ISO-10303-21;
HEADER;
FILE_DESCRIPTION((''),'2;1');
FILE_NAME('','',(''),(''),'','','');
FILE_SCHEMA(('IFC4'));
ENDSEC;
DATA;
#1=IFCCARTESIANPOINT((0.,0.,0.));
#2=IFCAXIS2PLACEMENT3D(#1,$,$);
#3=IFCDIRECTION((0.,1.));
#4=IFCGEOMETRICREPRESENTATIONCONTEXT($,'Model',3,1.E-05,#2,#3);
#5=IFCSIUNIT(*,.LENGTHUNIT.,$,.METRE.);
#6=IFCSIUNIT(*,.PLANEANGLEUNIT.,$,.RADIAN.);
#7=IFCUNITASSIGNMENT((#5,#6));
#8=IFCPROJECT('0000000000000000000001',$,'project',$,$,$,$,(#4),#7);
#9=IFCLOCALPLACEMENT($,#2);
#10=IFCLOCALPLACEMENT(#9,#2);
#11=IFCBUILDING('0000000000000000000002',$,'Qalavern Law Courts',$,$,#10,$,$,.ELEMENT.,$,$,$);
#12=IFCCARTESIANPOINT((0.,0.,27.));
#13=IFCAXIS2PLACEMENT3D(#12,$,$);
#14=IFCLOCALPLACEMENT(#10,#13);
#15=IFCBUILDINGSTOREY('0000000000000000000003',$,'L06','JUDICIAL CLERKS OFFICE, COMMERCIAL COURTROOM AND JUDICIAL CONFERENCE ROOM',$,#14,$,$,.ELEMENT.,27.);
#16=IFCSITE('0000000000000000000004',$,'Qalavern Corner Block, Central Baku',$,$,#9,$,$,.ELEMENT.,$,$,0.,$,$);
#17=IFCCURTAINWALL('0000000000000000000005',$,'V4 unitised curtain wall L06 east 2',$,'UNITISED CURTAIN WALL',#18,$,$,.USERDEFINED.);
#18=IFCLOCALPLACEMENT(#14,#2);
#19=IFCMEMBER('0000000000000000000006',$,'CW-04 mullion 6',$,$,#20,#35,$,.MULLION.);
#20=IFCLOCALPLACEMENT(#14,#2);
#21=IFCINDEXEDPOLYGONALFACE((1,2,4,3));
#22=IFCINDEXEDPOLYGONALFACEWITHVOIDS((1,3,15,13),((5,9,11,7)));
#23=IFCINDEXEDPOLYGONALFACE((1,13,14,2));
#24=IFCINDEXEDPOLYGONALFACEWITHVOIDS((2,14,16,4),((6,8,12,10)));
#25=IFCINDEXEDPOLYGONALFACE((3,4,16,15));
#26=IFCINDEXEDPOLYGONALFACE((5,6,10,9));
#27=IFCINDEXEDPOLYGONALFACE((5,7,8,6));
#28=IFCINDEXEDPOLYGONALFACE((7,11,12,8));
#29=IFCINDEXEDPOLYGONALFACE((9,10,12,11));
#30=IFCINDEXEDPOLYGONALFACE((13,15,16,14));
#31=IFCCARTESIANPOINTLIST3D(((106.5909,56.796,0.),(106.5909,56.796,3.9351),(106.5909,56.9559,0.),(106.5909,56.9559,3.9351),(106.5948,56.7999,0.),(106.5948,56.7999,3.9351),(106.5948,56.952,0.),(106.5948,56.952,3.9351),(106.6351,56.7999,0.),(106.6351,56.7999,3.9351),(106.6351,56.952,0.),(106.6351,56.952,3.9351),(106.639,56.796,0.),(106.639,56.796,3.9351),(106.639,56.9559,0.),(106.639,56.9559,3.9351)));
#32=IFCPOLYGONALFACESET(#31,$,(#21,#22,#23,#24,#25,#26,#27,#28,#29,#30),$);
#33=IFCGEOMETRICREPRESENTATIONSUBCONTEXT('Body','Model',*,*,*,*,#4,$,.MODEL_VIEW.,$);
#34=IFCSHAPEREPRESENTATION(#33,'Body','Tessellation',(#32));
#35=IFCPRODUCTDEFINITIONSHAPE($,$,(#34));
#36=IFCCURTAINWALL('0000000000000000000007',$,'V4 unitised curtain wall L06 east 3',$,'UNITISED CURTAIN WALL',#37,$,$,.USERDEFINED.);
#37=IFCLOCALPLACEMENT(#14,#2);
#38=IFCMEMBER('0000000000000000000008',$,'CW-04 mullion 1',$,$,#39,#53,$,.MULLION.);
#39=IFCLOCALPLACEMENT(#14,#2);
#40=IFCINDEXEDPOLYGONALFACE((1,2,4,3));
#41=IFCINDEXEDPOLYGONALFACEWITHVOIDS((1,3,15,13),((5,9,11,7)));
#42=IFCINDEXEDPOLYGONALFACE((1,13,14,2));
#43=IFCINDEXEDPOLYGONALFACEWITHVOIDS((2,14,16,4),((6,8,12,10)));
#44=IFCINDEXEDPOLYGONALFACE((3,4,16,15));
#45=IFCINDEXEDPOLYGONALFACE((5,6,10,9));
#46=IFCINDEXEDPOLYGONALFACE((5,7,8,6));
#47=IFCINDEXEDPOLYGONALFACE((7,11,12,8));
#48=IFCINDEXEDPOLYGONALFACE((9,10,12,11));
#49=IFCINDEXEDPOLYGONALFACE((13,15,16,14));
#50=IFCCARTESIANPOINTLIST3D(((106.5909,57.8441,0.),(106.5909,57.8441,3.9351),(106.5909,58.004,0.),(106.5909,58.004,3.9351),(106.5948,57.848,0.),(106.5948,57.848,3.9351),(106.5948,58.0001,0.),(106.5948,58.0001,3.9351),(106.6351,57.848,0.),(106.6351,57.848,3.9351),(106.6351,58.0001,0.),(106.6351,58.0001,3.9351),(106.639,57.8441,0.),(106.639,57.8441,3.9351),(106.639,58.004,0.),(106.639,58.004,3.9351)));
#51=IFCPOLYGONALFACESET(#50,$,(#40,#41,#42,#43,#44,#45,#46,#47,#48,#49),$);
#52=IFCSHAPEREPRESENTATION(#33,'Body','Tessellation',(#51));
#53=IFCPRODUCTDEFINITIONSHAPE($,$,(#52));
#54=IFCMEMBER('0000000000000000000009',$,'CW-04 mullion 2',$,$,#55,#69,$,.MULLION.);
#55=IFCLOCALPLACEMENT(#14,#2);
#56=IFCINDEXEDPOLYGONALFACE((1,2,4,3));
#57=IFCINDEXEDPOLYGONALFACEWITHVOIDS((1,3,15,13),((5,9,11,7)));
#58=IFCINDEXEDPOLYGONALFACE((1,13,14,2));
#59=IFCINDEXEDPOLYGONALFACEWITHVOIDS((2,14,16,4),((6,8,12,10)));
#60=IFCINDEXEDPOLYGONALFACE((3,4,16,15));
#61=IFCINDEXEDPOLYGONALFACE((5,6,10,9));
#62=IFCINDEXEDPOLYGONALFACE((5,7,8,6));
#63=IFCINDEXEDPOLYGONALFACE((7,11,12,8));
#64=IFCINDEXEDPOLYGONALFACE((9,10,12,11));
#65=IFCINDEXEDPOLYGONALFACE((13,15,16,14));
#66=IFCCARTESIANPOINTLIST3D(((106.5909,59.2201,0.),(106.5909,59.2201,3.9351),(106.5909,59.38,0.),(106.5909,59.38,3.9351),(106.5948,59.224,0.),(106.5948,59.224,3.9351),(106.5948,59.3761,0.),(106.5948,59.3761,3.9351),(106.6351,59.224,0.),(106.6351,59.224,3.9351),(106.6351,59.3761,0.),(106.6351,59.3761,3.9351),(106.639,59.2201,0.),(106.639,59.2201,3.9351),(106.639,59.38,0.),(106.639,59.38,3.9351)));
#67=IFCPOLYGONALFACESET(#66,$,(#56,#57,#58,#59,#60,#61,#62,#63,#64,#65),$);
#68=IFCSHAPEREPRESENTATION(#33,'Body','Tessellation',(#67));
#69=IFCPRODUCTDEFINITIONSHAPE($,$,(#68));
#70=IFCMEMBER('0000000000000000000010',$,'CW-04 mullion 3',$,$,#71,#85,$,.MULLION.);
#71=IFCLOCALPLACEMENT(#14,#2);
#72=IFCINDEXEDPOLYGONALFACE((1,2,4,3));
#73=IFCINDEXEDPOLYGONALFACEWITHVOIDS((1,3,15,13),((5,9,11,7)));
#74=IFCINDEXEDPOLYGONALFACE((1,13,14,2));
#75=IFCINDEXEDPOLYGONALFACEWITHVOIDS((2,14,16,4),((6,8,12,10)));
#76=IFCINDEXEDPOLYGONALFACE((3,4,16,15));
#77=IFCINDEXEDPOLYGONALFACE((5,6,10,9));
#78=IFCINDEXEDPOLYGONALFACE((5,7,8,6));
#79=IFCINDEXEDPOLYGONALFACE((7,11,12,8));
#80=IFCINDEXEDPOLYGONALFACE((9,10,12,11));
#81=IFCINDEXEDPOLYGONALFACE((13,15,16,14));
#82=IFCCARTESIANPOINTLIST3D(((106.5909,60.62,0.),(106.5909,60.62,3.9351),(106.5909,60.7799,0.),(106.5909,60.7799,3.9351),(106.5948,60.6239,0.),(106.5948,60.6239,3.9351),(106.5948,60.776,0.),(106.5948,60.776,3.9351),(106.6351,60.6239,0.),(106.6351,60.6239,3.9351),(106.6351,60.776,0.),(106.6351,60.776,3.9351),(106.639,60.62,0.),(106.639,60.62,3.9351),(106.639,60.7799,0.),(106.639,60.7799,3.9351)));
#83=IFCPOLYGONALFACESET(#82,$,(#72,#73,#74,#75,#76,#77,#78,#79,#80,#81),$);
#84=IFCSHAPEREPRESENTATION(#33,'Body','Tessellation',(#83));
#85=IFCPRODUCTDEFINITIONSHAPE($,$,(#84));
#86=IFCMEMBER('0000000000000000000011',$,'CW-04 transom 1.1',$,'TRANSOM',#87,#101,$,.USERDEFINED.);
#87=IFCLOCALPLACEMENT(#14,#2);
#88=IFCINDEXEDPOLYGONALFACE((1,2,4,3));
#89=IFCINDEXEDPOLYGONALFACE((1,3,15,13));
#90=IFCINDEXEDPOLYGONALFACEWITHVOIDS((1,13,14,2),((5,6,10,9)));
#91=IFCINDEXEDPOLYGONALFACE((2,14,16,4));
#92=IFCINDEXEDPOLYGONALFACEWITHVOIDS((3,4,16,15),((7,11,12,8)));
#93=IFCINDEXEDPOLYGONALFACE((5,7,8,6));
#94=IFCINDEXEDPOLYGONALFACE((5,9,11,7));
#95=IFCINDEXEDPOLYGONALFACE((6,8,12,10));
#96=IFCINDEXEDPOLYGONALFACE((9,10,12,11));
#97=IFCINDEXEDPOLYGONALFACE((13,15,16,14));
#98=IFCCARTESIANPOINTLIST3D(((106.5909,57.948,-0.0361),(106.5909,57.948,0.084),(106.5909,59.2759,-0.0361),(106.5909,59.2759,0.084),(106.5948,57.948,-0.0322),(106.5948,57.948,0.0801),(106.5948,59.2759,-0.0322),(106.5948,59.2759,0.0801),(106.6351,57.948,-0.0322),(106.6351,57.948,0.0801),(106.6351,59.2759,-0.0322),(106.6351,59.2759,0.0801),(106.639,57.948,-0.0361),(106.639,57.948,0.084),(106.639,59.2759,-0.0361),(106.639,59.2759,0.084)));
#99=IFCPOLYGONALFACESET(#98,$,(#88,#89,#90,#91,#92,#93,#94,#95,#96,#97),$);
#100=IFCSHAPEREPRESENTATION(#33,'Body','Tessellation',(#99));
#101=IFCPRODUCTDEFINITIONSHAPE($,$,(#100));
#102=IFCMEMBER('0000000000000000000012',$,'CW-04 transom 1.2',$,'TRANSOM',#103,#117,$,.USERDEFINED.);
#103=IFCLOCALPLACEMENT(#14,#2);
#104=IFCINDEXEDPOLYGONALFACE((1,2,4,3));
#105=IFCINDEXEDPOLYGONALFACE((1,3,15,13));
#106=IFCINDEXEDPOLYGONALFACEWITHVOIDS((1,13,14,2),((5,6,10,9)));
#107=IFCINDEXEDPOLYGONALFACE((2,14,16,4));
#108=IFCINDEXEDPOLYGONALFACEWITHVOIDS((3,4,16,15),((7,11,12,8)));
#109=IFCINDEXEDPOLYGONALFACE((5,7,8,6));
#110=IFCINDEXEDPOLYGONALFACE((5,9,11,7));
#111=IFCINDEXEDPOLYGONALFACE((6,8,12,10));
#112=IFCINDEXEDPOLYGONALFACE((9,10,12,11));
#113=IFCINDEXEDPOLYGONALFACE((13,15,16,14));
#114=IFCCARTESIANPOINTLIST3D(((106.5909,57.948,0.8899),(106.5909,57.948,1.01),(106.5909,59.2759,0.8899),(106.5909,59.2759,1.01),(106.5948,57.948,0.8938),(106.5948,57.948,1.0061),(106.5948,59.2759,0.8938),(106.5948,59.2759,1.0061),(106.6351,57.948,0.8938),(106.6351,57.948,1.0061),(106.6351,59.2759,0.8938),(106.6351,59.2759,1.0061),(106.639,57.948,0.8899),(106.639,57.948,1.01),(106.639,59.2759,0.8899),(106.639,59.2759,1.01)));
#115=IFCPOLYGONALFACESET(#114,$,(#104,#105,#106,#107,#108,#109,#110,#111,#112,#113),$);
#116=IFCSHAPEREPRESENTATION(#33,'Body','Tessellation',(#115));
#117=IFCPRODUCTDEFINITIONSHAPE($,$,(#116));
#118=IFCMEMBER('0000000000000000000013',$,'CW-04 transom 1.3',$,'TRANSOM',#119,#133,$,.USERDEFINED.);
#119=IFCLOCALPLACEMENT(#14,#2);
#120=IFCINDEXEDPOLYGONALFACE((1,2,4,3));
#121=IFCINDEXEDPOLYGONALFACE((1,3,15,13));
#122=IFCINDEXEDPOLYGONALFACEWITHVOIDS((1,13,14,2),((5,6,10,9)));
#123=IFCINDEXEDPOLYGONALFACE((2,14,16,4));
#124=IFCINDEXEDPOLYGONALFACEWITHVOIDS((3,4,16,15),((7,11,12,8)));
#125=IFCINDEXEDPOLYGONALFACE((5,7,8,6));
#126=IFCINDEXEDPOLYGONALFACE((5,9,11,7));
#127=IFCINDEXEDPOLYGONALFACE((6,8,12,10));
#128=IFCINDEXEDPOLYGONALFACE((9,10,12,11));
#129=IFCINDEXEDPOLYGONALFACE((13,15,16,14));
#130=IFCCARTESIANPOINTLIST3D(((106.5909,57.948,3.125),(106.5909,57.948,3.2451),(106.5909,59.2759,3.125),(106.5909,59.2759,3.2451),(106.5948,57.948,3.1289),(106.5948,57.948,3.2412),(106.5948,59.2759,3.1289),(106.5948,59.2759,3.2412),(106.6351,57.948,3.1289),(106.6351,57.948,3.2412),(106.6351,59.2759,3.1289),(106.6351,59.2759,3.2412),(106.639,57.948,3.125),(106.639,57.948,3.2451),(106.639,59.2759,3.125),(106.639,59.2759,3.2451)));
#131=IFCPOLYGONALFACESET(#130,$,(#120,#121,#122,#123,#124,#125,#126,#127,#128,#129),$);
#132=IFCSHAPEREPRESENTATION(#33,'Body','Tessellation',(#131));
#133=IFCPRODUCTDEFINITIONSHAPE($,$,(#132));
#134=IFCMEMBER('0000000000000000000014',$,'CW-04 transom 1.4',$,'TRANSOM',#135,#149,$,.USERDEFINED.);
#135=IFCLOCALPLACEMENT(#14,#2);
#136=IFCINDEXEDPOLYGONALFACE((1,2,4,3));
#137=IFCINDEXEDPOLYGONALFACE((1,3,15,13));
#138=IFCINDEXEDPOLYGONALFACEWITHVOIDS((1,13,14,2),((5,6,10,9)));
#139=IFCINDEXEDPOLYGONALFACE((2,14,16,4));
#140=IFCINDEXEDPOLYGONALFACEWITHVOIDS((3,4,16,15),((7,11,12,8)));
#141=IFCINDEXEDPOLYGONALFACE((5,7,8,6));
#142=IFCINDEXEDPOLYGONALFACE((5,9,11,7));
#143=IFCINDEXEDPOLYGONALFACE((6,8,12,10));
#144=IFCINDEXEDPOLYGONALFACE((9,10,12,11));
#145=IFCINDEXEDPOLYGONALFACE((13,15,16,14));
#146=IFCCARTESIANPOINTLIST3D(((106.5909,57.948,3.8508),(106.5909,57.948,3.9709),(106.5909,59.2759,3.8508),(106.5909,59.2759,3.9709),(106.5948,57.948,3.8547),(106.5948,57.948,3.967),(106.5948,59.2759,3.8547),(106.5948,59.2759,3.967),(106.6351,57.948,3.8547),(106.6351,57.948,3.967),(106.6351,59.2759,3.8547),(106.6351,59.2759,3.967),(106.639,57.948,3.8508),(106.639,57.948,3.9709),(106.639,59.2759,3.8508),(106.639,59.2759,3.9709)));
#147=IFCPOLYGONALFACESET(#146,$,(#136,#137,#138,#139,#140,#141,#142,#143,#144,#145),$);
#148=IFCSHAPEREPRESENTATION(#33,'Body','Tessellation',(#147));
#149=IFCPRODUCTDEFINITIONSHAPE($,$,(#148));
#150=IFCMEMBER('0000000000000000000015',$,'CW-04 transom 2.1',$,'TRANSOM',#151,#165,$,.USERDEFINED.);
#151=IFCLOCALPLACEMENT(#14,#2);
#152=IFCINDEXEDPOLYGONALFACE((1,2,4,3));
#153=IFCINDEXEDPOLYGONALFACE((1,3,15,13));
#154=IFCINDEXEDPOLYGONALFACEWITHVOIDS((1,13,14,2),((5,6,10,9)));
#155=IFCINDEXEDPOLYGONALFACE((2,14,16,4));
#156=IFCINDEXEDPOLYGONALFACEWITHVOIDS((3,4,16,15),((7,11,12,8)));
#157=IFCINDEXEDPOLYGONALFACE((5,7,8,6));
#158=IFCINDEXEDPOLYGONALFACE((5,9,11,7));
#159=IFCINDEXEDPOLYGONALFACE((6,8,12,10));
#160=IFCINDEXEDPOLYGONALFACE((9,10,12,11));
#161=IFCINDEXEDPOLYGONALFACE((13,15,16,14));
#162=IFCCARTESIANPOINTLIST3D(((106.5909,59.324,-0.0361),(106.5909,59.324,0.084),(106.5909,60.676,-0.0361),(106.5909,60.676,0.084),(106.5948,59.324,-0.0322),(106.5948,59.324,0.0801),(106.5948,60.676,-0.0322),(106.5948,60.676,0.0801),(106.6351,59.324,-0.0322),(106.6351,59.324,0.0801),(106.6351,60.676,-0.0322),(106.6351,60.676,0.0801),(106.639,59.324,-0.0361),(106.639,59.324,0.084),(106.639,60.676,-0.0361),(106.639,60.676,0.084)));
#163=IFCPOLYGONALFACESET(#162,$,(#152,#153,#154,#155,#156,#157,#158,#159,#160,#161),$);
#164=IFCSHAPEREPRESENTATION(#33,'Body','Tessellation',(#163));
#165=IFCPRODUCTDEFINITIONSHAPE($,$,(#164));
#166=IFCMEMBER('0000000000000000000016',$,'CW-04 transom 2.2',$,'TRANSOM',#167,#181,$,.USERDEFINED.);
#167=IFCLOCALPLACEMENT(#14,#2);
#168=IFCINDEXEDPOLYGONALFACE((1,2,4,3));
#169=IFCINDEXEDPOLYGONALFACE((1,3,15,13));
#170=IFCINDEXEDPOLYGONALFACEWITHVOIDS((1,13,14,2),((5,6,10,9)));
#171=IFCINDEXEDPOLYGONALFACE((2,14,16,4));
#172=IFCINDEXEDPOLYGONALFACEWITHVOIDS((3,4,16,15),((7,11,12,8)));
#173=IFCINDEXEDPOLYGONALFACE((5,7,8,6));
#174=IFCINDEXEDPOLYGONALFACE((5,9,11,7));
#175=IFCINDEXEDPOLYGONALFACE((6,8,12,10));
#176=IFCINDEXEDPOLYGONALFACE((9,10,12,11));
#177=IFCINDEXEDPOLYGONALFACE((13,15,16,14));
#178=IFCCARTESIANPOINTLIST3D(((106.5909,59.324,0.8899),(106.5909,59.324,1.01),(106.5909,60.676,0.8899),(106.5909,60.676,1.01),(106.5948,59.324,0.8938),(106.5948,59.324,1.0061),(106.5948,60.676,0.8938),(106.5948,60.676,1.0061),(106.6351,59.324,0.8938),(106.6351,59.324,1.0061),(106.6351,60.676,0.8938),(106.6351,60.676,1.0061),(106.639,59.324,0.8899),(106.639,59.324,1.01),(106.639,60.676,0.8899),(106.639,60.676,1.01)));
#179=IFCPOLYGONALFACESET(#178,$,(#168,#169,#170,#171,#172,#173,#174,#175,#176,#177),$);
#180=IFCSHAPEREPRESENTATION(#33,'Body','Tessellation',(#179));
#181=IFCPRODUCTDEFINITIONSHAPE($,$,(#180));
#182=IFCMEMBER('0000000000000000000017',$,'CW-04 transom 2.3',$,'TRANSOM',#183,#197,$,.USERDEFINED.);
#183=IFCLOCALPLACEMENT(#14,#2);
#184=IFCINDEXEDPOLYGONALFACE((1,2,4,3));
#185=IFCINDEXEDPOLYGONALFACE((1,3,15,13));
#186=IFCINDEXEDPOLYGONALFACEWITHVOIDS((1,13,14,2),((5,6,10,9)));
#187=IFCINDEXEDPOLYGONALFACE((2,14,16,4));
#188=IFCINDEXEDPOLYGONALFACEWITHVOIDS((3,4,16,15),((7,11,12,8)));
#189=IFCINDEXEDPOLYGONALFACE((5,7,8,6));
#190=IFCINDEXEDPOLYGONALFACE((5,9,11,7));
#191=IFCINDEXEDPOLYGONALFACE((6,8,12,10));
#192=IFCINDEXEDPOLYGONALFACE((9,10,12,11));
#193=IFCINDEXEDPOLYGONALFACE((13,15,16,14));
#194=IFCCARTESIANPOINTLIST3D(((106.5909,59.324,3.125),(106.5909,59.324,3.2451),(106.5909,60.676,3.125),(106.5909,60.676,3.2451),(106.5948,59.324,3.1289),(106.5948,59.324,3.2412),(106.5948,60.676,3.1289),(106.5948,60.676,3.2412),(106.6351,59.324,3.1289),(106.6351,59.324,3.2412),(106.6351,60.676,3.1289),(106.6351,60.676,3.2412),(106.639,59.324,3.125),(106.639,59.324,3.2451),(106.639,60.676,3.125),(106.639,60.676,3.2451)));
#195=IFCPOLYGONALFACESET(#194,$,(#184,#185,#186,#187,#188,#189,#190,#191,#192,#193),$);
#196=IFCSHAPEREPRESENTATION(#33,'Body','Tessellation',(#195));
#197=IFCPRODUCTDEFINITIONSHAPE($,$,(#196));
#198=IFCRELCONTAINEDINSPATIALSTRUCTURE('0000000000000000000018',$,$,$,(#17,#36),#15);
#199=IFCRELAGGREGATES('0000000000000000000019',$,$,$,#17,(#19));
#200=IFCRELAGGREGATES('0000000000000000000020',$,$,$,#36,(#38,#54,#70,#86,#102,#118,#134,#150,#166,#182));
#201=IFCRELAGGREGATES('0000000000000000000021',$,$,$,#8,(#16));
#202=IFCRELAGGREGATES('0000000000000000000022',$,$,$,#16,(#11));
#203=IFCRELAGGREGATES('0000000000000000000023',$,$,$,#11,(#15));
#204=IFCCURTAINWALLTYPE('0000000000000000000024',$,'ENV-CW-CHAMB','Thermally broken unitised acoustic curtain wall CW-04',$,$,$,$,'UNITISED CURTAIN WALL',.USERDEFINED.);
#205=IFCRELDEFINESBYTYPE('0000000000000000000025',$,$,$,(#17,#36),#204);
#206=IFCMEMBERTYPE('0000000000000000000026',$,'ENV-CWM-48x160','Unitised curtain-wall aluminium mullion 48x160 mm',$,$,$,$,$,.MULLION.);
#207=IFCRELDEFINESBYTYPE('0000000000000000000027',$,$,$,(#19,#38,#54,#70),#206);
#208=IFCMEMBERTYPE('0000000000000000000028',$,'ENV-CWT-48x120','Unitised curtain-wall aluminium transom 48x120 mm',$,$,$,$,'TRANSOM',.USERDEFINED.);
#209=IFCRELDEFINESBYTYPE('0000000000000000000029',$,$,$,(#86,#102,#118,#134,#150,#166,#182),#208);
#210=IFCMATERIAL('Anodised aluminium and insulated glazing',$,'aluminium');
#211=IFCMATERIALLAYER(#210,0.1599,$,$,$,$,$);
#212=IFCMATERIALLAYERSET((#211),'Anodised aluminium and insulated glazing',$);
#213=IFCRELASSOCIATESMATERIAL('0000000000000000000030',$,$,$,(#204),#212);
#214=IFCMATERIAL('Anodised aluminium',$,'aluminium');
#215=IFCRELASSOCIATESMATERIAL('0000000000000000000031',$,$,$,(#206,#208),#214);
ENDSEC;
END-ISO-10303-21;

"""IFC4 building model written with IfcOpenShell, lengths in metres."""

from ifc_helpers import new_model, si_unit, direction, frame, origin, origin_2d, place, context, subcontext, project, spatial, hollow_rectangle, extrude, material, layer, layer_set, material_profile, profile_set, type_object, element, aggregate, save


model = new_model("IFC4")

# Units and contexts
model_context = context("Model", 3, precision=1e-05, world=origin(), true_north=direction((0.0, 1.0)))
body_context = subcontext(model_context, "Body", "Model", "MODEL_VIEW")
ifc_project = project(units=[si_unit("LENGTHUNIT", "METRE"), si_unit("PLANEANGLEUNIT", "RADIAN")], contexts=[model_context])

# Site, building, storey
site_placement = place(None, origin())
site = spatial("IfcSite", under=ifc_project, at=site_placement, Name="Qalavern Corner Block, Central Baku", CompositionType="ELEMENT", RefElevation=0.0)
building_placement = place(site_placement, origin())
building = spatial("IfcBuilding", under=site, at=building_placement, Name="Qalavern Law Courts", CompositionType="ELEMENT")
storey_placement = place(building_placement, frame((0.0, 0.0, 27.0)))
storey = spatial("IfcBuildingStorey", under=building, at=storey_placement, Name="L06", Description="JUDICIAL CLERKS OFFICE, COMMERCIAL COURTROOM AND JUDICIAL CONFERENCE ROOM", CompositionType="ELEMENT", Elevation=27.0)

# Curtain wall, member
ifc_material_1 = material(Name="Anodised aluminium and insulated glazing", Category="aluminium")
ifc_layer_1 = layer(ifc_material_1, 0.1599)
ifc_layer_set_1 = layer_set([ifc_layer_1], Name="Anodised aluminium and insulated glazing")
curtain_wall_type = type_object("IfcCurtainWallType", Name="ENV-CW-CHAMB", Description="Thermally broken unitised acoustic curtain wall CW-04", ElementType="UNITISED CURTAIN WALL", PredefinedType="USERDEFINED", material=ifc_layer_set_1)
curtain_wall_1_placement = place(storey_placement, origin())
curtain_wall_1 = element("IfcCurtainWall", 1, at=curtain_wall_1_placement, inside=storey, type_object=curtain_wall_type, Name="V4 unitised curtain wall L06 east 2", ObjectType="UNITISED CURTAIN WALL", PredefinedType="USERDEFINED")
ifc_material_2 = material(Name="Anodised aluminium", Category="aluminium")
ifc_material_profile_1 = material_profile(ifc_material_2, hollow_rectangle(XDim=0.0481, YDim=0.1599, WallThickness=0.0039, at=origin_2d()), Name="ALU MULLION 48x160")
ifc_profile_set_1 = profile_set([ifc_material_profile_1], Name="Anodised aluminium")
member_type_1 = type_object("IfcMemberType", Name="ENV-CWM-48x160", Description="Unitised curtain-wall aluminium mullion 48x160 mm", PredefinedType="MULLION", material=ifc_profile_set_1)
member_1_placement = place(storey_placement, frame((106.615, 56.876, 0.0), z_axis=(0.0, 0.0, 1.0), x_axis=(-1.0, 0.0, 0.0)))
member_1 = element("IfcMember", 2, at=member_1_placement, type_object=member_type_1, Name="CW-04 mullion 6", PredefinedType="MULLION", context=body_context, shape_type="SweptSolid", body=[
    extrude(hollow_rectangle(XDim=0.0481, YDim=0.1599, WallThickness=0.0039, at=origin_2d()), origin(), (0.0, 0.0, 1.0), 3.9351),
])

# Curtain wall, members
curtain_wall_2_placement = place(storey_placement, origin())
curtain_wall_2 = element("IfcCurtainWall", 3, at=curtain_wall_2_placement, inside=storey, type_object=curtain_wall_type, Name="V4 unitised curtain wall L06 east 3", ObjectType="UNITISED CURTAIN WALL", PredefinedType="USERDEFINED")
member_2_placement = place(storey_placement, frame((106.615, 57.9241, 0.0), z_axis=(0.0, 0.0, 1.0), x_axis=(-1.0, 0.0, 0.0)))
member_2 = element("IfcMember", 4, at=member_2_placement, type_object=member_type_1, Name="CW-04 mullion 1", PredefinedType="MULLION", context=body_context, shape_type="SweptSolid", body=[
    extrude(hollow_rectangle(XDim=0.0481, YDim=0.1599, WallThickness=0.0039, at=origin_2d()), origin(), (0.0, 0.0, 1.0), 3.9351),
])
member_3_placement = place(storey_placement, frame((106.615, 59.3, 0.0), z_axis=(0.0, 0.0, 1.0), x_axis=(-1.0, 0.0, 0.0)))
member_3 = element("IfcMember", 5, at=member_3_placement, type_object=member_type_1, Name="CW-04 mullion 2", PredefinedType="MULLION", context=body_context, shape_type="SweptSolid", body=[
    extrude(hollow_rectangle(XDim=0.0481, YDim=0.1599, WallThickness=0.0039, at=origin_2d()), origin(), (0.0, 0.0, 1.0), 3.9351),
])
member_4_placement = place(storey_placement, frame((106.615, 60.7, 0.0), z_axis=(0.0, 0.0, 1.0), x_axis=(-1.0, 0.0, 0.0)))
member_4 = element("IfcMember", 6, at=member_4_placement, type_object=member_type_1, Name="CW-04 mullion 3", PredefinedType="MULLION", context=body_context, shape_type="SweptSolid", body=[
    extrude(hollow_rectangle(XDim=0.0481, YDim=0.1599, WallThickness=0.0039, at=origin_2d()), origin(), (0.0, 0.0, 1.0), 3.9351),
])
ifc_material_profile_2 = material_profile(ifc_material_2, hollow_rectangle(XDim=0.0481, YDim=0.1201, WallThickness=0.0039, at=origin_2d()), Name="ALU TRANSOM 48x120")
ifc_profile_set_2 = profile_set([ifc_material_profile_2], Name="Anodised aluminium")
member_type_2 = type_object("IfcMemberType", Name="ENV-CWT-48x120", Description="Unitised curtain-wall aluminium transom 48x120 mm", ElementType="TRANSOM", PredefinedType="USERDEFINED", material=ifc_profile_set_2)
member_5_placement = place(storey_placement, frame((106.615, 57.948, 0.0239), z_axis=(0.0, 1.0, 0.0), x_axis=(-1.0, 0.0, 0.0)))
member_5 = element("IfcMember", 7, at=member_5_placement, type_object=member_type_2, Name="CW-04 transom 1.1", ObjectType="TRANSOM", PredefinedType="USERDEFINED", context=body_context, shape_type="SweptSolid", body=[
    extrude(hollow_rectangle(XDim=0.0481, YDim=0.1201, WallThickness=0.0039, at=origin_2d()), origin(), (0.0, 0.0, 1.0), 1.3279),
])
member_6_placement = place(storey_placement, frame((106.615, 57.948, 0.95), z_axis=(0.0, 1.0, 0.0), x_axis=(-1.0, 0.0, 0.0)))
member_6 = element("IfcMember", 8, at=member_6_placement, type_object=member_type_2, Name="CW-04 transom 1.2", ObjectType="TRANSOM", PredefinedType="USERDEFINED", context=body_context, shape_type="SweptSolid", body=[
    extrude(hollow_rectangle(XDim=0.0481, YDim=0.1201, WallThickness=0.0039, at=origin_2d()), origin(), (0.0, 0.0, 1.0), 1.3279),
])
member_7_placement = place(storey_placement, frame((106.615, 57.948, 3.1851), z_axis=(0.0, 1.0, 0.0), x_axis=(-1.0, 0.0, 0.0)))
member_7 = element("IfcMember", 9, at=member_7_placement, type_object=member_type_2, Name="CW-04 transom 1.3", ObjectType="TRANSOM", PredefinedType="USERDEFINED", context=body_context, shape_type="SweptSolid", body=[
    extrude(hollow_rectangle(XDim=0.0481, YDim=0.1201, WallThickness=0.0039, at=origin_2d()), origin(), (0.0, 0.0, 1.0), 1.3279),
])
member_8_placement = place(storey_placement, frame((106.615, 57.948, 3.9109), z_axis=(0.0, 1.0, 0.0), x_axis=(-1.0, 0.0, 0.0)))
member_8 = element("IfcMember", 10, at=member_8_placement, type_object=member_type_2, Name="CW-04 transom 1.4", ObjectType="TRANSOM", PredefinedType="USERDEFINED", context=body_context, shape_type="SweptSolid", body=[
    extrude(hollow_rectangle(XDim=0.0481, YDim=0.1201, WallThickness=0.0039, at=origin_2d()), origin(), (0.0, 0.0, 1.0), 1.3279),
])
member_9_placement = place(storey_placement, frame((106.615, 59.324, 0.0239), z_axis=(0.0, 1.0, 0.0), x_axis=(-1.0, 0.0, 0.0)))
member_9 = element("IfcMember", 11, at=member_9_placement, type_object=member_type_2, Name="CW-04 transom 2.1", ObjectType="TRANSOM", PredefinedType="USERDEFINED", context=body_context, shape_type="SweptSolid", body=[
    extrude(hollow_rectangle(XDim=0.0481, YDim=0.1201, WallThickness=0.0039, at=origin_2d()), origin(), (0.0, 0.0, 1.0), 1.3521),
])
member_10_placement = place(storey_placement, frame((106.615, 59.324, 0.95), z_axis=(0.0, 1.0, 0.0), x_axis=(-1.0, 0.0, 0.0)))
member_10 = element("IfcMember", 12, at=member_10_placement, type_object=member_type_2, Name="CW-04 transom 2.2", ObjectType="TRANSOM", PredefinedType="USERDEFINED", context=body_context, shape_type="SweptSolid", body=[
    extrude(hollow_rectangle(XDim=0.0481, YDim=0.1201, WallThickness=0.0039, at=origin_2d()), origin(), (0.0, 0.0, 1.0), 1.3521),
])
member_11_placement = place(storey_placement, frame((106.615, 59.324, 3.1851), z_axis=(0.0, 1.0, 0.0), x_axis=(-1.0, 0.0, 0.0)))
member_11 = element("IfcMember", 13, at=member_11_placement, type_object=member_type_2, Name="CW-04 transom 2.3", ObjectType="TRANSOM", PredefinedType="USERDEFINED", context=body_context, shape_type="SweptSolid", body=[
    extrude(hollow_rectangle(XDim=0.0481, YDim=0.1201, WallThickness=0.0039, at=origin_2d()), origin(), (0.0, 0.0, 1.0), 1.3521),
])

aggregate(curtain_wall_1, [member_1])
aggregate(curtain_wall_2, [member_2, member_3, member_4, member_5, member_6, member_7, member_8, member_9, member_10, member_11])

save(model, "model.ifc")
